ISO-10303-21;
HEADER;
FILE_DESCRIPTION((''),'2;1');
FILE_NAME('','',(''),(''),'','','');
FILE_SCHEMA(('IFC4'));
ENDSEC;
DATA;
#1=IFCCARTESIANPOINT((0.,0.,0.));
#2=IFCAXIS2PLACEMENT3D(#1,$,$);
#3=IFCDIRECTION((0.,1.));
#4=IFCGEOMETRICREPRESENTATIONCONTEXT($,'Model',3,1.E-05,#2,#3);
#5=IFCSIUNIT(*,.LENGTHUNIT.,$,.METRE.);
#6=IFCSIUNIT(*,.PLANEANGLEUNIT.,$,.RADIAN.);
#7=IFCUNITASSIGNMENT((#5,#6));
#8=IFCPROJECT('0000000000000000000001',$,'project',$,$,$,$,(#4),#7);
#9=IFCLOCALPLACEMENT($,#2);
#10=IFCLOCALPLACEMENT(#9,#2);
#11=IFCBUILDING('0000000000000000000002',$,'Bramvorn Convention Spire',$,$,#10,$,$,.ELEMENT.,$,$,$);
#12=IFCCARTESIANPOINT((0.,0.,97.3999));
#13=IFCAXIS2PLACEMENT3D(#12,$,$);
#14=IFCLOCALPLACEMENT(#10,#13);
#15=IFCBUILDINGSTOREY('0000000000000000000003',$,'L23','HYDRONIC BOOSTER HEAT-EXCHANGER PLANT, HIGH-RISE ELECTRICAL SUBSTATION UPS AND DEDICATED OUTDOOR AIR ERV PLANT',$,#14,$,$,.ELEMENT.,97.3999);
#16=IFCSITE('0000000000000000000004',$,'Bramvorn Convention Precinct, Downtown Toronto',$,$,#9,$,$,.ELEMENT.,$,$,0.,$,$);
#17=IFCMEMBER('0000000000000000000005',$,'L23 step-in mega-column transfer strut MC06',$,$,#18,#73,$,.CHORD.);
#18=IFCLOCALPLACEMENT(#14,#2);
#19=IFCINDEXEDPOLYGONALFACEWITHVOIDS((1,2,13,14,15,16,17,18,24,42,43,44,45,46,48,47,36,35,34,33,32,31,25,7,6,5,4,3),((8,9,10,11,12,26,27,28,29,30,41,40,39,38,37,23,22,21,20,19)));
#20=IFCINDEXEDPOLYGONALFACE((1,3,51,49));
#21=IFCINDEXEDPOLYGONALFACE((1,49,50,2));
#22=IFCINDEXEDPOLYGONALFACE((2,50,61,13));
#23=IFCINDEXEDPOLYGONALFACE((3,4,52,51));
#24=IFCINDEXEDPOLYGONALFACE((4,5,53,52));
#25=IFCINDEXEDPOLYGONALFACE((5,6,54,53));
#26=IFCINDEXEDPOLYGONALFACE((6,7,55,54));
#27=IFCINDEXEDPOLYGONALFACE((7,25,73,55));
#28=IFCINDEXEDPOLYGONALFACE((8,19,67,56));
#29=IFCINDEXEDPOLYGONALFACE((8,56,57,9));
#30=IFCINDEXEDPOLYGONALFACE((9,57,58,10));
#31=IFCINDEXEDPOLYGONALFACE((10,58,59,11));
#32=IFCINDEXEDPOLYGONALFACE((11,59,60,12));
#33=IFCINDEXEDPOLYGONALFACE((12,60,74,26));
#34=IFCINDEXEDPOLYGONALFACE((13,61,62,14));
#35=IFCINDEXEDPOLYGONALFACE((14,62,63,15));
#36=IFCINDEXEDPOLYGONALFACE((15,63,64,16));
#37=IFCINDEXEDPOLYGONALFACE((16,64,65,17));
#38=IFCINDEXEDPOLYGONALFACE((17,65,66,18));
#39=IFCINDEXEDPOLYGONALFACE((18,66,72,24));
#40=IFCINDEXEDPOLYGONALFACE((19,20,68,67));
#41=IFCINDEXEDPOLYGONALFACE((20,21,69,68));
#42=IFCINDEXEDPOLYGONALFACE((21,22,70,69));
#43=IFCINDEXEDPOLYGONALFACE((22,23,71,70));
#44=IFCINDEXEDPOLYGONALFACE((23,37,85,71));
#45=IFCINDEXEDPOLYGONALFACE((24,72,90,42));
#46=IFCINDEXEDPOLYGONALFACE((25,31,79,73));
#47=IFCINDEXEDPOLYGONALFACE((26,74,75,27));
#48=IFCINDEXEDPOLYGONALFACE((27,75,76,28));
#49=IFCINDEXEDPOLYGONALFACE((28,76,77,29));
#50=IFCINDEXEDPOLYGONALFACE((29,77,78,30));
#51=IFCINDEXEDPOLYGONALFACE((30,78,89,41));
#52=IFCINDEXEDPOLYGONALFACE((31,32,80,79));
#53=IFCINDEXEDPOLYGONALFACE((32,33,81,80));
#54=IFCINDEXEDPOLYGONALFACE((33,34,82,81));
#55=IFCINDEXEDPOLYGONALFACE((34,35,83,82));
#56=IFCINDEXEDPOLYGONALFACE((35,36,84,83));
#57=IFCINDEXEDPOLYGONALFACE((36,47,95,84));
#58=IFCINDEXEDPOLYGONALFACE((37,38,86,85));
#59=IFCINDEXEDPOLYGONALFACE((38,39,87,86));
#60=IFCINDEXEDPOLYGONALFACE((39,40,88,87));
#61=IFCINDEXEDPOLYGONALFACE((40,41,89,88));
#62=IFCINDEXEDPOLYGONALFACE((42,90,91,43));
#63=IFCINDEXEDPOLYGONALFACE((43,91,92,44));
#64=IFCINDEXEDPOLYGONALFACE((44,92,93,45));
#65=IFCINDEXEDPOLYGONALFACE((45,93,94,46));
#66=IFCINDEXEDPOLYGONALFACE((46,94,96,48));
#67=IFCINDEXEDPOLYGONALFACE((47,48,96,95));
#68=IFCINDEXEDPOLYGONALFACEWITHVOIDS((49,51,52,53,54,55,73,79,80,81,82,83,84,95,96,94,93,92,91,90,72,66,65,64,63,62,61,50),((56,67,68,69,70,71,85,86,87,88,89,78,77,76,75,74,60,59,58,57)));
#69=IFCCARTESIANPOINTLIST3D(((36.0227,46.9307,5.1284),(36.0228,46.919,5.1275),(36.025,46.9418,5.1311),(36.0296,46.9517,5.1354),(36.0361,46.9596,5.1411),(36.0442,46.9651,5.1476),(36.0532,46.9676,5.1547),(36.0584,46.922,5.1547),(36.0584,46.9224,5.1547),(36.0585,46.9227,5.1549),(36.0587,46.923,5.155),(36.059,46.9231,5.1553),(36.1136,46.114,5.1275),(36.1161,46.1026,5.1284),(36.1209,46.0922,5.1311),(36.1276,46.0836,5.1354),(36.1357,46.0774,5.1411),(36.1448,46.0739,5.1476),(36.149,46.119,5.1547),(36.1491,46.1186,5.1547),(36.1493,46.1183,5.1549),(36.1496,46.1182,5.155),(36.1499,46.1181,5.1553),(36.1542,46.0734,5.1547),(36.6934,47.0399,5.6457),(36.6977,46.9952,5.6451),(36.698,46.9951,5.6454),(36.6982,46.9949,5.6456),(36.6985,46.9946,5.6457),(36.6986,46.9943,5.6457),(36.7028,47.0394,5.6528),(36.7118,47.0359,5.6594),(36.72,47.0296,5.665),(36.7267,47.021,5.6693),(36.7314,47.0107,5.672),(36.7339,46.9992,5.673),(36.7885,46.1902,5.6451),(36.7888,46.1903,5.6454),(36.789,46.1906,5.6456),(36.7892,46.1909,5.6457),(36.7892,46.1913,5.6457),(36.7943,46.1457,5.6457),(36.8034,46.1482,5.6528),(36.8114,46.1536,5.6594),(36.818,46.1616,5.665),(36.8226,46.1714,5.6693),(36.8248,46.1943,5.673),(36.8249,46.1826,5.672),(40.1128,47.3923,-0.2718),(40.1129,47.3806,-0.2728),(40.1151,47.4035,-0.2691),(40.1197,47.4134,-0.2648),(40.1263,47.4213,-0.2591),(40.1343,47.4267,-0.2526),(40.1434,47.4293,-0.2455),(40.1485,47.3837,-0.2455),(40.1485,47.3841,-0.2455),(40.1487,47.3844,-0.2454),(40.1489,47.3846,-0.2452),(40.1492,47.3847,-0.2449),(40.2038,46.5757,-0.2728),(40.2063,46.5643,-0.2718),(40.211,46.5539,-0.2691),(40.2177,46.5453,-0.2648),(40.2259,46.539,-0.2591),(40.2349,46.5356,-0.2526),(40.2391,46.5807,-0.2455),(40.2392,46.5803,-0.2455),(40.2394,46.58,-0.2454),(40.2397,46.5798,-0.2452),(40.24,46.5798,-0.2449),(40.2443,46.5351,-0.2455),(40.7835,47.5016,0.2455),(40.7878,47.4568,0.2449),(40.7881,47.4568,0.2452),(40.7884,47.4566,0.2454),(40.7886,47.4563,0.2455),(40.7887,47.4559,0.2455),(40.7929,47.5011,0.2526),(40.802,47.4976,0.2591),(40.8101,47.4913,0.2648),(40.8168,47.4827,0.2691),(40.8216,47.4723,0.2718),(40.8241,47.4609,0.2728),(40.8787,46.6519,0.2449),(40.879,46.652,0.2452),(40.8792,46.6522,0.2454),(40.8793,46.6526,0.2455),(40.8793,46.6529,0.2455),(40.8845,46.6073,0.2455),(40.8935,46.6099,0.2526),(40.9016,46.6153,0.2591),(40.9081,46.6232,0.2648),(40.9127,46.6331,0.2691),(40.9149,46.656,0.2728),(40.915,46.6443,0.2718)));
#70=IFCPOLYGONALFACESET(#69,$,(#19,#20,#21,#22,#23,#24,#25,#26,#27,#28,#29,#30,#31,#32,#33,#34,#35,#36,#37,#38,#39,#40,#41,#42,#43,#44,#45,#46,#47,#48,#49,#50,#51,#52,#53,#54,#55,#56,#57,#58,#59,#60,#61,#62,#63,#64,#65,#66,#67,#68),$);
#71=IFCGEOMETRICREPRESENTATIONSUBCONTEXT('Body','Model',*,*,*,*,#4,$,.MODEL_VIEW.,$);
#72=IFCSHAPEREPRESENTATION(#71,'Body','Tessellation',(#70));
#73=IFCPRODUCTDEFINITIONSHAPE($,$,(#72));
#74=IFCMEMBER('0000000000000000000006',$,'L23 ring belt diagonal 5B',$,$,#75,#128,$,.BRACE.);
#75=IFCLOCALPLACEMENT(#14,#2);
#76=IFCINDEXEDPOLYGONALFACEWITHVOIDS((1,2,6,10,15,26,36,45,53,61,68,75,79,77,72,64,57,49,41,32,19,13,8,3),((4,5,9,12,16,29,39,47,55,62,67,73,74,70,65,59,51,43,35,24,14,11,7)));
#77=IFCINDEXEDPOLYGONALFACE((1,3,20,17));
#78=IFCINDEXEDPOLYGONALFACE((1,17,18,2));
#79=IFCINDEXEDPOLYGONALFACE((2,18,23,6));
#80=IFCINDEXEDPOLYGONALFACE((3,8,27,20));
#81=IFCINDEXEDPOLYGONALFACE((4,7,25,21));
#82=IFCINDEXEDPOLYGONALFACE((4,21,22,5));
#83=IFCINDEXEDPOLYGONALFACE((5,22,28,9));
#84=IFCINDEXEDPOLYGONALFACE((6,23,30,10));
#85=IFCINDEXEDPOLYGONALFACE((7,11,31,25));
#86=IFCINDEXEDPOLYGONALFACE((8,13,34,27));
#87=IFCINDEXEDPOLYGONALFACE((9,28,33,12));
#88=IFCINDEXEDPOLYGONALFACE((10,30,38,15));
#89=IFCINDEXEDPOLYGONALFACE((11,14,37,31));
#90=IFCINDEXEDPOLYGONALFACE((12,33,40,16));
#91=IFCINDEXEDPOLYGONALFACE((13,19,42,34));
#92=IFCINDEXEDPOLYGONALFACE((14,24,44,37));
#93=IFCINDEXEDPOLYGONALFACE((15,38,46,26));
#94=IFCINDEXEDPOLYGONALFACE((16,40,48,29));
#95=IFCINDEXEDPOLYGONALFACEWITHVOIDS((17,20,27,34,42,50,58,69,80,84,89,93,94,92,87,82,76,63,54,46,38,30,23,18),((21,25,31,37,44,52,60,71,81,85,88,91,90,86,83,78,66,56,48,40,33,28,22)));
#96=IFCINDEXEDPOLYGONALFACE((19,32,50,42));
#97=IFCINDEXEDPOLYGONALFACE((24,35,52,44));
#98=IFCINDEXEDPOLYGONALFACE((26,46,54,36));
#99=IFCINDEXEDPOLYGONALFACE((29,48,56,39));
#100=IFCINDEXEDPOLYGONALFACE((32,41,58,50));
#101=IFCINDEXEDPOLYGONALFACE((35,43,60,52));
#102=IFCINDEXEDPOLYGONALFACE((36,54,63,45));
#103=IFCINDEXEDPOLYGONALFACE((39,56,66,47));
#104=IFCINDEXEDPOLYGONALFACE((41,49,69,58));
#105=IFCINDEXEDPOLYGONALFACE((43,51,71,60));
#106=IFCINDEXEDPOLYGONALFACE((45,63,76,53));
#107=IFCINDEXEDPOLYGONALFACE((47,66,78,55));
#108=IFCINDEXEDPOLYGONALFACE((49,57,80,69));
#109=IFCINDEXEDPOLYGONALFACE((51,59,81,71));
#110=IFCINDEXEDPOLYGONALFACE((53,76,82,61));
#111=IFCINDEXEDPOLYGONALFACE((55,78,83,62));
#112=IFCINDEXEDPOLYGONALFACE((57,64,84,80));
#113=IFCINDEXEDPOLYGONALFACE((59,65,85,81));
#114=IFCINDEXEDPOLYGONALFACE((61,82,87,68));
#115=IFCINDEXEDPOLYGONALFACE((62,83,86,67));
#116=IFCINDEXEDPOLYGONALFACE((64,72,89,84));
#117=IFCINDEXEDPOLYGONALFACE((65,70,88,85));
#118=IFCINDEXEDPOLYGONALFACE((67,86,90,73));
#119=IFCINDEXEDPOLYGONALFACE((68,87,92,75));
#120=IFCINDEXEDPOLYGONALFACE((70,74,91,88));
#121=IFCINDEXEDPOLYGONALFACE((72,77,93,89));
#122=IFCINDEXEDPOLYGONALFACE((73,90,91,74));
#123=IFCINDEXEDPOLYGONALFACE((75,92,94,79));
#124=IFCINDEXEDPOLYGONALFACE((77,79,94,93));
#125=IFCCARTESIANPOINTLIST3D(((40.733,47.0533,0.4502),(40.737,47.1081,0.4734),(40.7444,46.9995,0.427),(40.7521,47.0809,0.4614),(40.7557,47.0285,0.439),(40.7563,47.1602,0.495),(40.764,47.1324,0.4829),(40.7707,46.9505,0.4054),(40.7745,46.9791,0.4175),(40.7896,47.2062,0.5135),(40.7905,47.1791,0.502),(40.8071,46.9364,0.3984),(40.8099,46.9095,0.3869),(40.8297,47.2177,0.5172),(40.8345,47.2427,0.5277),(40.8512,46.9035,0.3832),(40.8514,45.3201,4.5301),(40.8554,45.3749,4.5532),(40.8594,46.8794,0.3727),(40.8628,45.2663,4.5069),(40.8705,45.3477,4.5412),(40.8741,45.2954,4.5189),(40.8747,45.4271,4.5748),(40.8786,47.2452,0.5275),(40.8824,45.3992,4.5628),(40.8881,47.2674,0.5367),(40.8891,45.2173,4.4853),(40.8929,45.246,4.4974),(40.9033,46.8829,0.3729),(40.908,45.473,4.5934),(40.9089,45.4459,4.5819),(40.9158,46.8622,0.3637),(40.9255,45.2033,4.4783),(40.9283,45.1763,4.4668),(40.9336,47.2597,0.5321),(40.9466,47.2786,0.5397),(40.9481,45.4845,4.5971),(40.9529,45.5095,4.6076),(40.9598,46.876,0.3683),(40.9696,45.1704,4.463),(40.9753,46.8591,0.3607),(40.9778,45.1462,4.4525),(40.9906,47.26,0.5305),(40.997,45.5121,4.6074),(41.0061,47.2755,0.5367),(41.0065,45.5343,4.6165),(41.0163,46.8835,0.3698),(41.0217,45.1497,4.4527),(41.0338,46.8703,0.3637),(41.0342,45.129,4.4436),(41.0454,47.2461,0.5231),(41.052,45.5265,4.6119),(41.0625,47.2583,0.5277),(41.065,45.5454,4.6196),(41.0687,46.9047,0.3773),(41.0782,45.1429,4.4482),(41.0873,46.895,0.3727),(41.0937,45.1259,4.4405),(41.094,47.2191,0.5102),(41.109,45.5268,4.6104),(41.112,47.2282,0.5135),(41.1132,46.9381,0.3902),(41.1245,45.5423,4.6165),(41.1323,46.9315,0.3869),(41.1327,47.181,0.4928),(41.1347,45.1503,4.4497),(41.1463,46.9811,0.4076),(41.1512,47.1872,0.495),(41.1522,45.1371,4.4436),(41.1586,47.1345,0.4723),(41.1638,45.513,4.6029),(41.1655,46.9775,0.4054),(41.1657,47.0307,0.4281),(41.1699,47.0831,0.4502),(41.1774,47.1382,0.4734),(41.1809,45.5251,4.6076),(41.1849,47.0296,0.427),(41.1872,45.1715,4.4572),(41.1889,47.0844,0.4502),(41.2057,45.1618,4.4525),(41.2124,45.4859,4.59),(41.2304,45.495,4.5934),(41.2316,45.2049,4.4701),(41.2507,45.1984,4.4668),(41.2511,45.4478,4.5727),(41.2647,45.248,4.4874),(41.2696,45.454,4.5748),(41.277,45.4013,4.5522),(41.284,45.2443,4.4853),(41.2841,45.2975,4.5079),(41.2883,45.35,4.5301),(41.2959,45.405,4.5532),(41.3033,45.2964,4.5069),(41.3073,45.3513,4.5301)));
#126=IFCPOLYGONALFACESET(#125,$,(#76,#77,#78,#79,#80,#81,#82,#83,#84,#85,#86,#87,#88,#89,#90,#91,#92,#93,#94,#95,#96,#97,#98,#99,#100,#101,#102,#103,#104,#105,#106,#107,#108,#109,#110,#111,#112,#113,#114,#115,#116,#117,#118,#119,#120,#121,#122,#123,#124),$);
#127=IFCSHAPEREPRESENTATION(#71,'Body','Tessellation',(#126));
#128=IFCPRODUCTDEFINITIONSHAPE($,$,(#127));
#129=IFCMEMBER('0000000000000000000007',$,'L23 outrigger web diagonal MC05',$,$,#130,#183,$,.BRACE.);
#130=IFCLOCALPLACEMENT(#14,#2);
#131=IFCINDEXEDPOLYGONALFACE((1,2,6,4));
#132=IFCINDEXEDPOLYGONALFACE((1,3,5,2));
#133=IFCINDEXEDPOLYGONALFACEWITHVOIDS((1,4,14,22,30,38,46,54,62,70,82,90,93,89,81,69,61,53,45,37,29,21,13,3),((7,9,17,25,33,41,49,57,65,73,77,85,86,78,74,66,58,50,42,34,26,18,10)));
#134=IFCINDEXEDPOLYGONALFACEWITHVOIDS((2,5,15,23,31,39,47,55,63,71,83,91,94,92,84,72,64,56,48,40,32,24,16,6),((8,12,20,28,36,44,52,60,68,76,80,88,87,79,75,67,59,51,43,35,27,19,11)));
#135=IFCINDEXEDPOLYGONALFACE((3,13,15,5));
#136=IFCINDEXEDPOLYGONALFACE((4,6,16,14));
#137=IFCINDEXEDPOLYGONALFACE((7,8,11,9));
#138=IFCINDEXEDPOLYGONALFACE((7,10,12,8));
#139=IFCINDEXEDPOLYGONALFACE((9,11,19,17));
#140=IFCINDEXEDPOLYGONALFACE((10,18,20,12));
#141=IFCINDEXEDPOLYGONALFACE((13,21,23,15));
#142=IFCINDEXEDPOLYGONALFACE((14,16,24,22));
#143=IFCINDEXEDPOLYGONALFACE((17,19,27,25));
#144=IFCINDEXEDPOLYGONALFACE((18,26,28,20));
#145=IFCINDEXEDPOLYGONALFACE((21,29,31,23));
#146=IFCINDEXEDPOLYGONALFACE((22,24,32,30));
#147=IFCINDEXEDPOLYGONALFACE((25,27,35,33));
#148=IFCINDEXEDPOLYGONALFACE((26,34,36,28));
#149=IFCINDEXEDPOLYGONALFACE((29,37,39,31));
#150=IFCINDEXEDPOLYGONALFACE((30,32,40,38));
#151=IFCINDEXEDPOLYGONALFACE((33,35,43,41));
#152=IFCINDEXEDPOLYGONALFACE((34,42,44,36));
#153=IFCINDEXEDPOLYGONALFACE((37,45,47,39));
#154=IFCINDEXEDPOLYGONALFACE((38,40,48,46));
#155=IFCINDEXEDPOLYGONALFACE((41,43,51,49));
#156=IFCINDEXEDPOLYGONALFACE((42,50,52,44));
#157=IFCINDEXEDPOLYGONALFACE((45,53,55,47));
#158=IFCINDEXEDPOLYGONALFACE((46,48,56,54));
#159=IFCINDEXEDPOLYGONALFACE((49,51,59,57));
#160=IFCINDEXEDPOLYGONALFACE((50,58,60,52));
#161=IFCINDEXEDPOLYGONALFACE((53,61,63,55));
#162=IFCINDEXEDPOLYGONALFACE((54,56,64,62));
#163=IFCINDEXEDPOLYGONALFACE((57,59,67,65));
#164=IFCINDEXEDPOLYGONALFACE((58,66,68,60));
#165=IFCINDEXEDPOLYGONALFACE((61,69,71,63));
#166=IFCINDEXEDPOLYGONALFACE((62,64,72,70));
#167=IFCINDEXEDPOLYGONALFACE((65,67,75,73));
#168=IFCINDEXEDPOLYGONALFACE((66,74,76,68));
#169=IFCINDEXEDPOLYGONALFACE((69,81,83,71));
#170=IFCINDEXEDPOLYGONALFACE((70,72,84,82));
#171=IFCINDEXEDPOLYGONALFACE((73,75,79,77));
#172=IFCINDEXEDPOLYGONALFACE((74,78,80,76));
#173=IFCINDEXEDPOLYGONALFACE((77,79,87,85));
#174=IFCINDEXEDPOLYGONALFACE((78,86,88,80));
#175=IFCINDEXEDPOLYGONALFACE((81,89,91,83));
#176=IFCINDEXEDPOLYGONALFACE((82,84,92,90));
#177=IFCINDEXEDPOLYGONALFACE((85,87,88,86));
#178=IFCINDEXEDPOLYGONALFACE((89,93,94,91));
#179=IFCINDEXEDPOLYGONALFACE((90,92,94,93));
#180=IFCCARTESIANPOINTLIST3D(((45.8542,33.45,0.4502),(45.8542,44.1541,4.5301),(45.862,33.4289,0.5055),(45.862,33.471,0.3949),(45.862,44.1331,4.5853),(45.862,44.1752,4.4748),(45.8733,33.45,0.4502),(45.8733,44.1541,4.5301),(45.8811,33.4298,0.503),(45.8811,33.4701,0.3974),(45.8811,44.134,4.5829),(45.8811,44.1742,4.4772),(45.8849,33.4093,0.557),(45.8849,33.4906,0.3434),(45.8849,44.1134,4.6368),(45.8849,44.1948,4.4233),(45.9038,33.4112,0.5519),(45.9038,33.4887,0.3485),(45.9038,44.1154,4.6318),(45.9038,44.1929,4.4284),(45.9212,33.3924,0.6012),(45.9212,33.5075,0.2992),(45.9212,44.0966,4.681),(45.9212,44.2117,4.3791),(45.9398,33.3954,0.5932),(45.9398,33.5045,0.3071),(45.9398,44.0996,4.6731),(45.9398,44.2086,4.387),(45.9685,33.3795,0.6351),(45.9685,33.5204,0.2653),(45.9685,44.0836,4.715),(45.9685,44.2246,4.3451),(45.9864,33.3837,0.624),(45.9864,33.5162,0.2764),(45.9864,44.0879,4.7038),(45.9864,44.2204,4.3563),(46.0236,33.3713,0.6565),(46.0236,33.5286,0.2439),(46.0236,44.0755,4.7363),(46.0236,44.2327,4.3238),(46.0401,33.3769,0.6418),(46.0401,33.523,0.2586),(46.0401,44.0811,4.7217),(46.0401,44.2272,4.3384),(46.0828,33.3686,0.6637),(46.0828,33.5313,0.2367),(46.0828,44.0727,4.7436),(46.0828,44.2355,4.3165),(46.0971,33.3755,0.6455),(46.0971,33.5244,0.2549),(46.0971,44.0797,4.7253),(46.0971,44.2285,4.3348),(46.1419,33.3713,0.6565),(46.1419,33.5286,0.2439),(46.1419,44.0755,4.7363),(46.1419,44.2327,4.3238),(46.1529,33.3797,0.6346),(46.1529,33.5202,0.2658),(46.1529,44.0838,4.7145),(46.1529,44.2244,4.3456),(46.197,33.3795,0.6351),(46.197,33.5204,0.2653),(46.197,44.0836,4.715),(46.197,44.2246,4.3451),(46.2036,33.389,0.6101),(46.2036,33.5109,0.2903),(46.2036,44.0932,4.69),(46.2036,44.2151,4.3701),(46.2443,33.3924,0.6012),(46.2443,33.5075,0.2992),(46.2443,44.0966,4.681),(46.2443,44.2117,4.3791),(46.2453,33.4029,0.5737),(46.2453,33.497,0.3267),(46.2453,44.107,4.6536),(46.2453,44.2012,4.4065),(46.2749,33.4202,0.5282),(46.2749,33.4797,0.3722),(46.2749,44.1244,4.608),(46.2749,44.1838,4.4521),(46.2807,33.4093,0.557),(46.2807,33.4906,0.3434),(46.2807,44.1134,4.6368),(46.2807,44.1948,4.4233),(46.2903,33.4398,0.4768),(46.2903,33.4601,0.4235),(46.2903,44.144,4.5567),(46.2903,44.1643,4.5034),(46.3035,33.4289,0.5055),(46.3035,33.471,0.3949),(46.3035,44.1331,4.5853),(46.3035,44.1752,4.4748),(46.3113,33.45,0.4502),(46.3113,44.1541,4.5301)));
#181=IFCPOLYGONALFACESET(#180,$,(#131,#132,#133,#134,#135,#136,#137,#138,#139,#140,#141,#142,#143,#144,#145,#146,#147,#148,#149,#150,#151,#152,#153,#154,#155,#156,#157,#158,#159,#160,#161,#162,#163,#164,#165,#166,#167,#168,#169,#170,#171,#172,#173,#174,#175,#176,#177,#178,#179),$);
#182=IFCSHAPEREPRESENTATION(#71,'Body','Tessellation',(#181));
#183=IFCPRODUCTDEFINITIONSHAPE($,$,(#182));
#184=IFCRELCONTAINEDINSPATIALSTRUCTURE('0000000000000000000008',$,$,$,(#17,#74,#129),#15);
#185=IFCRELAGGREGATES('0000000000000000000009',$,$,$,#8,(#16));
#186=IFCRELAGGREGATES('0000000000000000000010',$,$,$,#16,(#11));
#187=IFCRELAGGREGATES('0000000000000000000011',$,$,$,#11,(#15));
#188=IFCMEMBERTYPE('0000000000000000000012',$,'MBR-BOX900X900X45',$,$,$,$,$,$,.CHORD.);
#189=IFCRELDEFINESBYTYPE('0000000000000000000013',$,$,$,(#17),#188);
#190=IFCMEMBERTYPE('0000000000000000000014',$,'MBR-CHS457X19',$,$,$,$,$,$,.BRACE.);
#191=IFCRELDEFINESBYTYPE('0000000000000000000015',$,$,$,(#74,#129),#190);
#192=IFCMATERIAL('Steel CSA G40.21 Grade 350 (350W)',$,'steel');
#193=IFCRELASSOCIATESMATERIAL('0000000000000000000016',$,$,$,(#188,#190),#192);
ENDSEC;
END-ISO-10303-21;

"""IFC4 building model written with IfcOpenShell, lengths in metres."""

from ifc_helpers import new_model, si_unit, direction, frame, origin, origin_2d, place, context, subcontext, project, spatial, hollow_rectangle, hollow_circle, extrude, material, material_profile, profile_set, type_object, element, save


model = new_model("IFC4")

# Units and contexts
model_context = context("Model", 3, precision=1e-05, world=origin(), true_north=direction((0.0, 1.0)))
body_context = subcontext(model_context, "Body", "Model", "MODEL_VIEW")
ifc_project = project(units=[si_unit("LENGTHUNIT", "METRE"), si_unit("PLANEANGLEUNIT", "RADIAN")], contexts=[model_context])

# Site, building, storey
site_placement = place(None, origin())
site = spatial("IfcSite", under=ifc_project, at=site_placement, Name="Bramvorn Convention Precinct, Downtown Toronto", CompositionType="ELEMENT", RefElevation=0.0)
building_placement = place(site_placement, origin())
building = spatial("IfcBuilding", under=site, at=building_placement, Name="Bramvorn Convention Spire", CompositionType="ELEMENT")
storey_placement = place(building_placement, frame((0.0, 0.0, 97.3999)))
storey = spatial("IfcBuildingStorey", under=building, at=storey_placement, Name="L23", Description="HYDRONIC BOOSTER HEAT-EXCHANGER PLANT, HIGH-RISE ELECTRICAL SUBSTATION UPS AND DEDICATED OUTDOOR AIR ERV PLANT", CompositionType="ELEMENT", Elevation=97.3999)

# Shared definitions
ifc_material_1 = material(Name="Steel CSA G40.21 Grade 350 (350W)", Category="steel")

# Members
ifc_material_profile_1 = material_profile(ifc_material_1, hollow_rectangle(XDim=0.8999, YDim=0.8999, WallThickness=0.0449, InnerFilletRadius=0.001, OuterFilletRadius=0.0449, at=origin_2d()))
ifc_profile_set_1 = profile_set([ifc_material_profile_1], Name="Steel CSA G40.21 Grade 350 (350W) - BOX900X900X45")
member_type_1 = type_object("IfcMemberType", Name="MBR-BOX900X900X45", PredefinedType="CHORD", material=ifc_profile_set_1)
member_1_placement = place(storey_placement, frame((40.5139, 47.0183, 0.0), z_axis=(-0.602373, -0.067993, 0.795314), x_axis=(0.112163, -0.99369, 0.0)))
element("IfcMember", 1, at=member_1_placement, inside=storey, type_object=member_type_1, Name="L23 step-in mega-column transfer strut MC06", PredefinedType="CHORD", context=body_context, shape_type="SweptSolid", body=[
    extrude(hollow_rectangle(XDim=0.8999, YDim=0.8999, WallThickness=0.0449, InnerFilletRadius=0.001, OuterFilletRadius=0.0449, at=origin_2d()), origin(), (0.0, 0.0, 1.0), 6.79),
])
ifc_material_profile_2 = material_profile(ifc_material_1, hollow_circle(Radius=0.2285, WallThickness=0.019, at=origin_2d()))
ifc_profile_set_2 = profile_set([ifc_material_profile_2], Name="Steel CSA G40.21 Grade 350 (350W) - CHS457X19")
member_type_2 = type_object("IfcMemberType", Name="MBR-CHS457X19", PredefinedType="BRACE", material=ifc_profile_set_2)
member_2_placement = place(storey_placement, frame((40.9609, 47.0688, 0.4502), z_axis=(0.026703, -0.390853, 0.920066), x_axis=(0.997674, 0.068161, 0.0)))
element("IfcMember", 2, at=member_2_placement, inside=storey, type_object=member_type_2, Name="L23 ring belt diagonal 5B", PredefinedType="BRACE", context=body_context, shape_type="SweptSolid", body=[
    extrude(hollow_circle(Radius=0.2285, WallThickness=0.019, at=origin_2d()), origin(), (0.0, 0.0, 1.0), 4.4343),
])
member_3_placement = place(storey_placement, frame((46.0828, 33.45, 0.4502), z_axis=(0.0, 0.934427, 0.356154), x_axis=(-1.0, 0.0, 0.0)))
element("IfcMember", 3, at=member_3_placement, inside=storey, type_object=member_type_2, Name="L23 outrigger web diagonal MC05", PredefinedType="BRACE", context=body_context, shape_type="SweptSolid", body=[
    extrude(hollow_circle(Radius=0.2285, WallThickness=0.019, at=origin_2d()), origin(), (0.0, 0.0, 1.0), 11.4553),
])

save(model, "model.ifc")
